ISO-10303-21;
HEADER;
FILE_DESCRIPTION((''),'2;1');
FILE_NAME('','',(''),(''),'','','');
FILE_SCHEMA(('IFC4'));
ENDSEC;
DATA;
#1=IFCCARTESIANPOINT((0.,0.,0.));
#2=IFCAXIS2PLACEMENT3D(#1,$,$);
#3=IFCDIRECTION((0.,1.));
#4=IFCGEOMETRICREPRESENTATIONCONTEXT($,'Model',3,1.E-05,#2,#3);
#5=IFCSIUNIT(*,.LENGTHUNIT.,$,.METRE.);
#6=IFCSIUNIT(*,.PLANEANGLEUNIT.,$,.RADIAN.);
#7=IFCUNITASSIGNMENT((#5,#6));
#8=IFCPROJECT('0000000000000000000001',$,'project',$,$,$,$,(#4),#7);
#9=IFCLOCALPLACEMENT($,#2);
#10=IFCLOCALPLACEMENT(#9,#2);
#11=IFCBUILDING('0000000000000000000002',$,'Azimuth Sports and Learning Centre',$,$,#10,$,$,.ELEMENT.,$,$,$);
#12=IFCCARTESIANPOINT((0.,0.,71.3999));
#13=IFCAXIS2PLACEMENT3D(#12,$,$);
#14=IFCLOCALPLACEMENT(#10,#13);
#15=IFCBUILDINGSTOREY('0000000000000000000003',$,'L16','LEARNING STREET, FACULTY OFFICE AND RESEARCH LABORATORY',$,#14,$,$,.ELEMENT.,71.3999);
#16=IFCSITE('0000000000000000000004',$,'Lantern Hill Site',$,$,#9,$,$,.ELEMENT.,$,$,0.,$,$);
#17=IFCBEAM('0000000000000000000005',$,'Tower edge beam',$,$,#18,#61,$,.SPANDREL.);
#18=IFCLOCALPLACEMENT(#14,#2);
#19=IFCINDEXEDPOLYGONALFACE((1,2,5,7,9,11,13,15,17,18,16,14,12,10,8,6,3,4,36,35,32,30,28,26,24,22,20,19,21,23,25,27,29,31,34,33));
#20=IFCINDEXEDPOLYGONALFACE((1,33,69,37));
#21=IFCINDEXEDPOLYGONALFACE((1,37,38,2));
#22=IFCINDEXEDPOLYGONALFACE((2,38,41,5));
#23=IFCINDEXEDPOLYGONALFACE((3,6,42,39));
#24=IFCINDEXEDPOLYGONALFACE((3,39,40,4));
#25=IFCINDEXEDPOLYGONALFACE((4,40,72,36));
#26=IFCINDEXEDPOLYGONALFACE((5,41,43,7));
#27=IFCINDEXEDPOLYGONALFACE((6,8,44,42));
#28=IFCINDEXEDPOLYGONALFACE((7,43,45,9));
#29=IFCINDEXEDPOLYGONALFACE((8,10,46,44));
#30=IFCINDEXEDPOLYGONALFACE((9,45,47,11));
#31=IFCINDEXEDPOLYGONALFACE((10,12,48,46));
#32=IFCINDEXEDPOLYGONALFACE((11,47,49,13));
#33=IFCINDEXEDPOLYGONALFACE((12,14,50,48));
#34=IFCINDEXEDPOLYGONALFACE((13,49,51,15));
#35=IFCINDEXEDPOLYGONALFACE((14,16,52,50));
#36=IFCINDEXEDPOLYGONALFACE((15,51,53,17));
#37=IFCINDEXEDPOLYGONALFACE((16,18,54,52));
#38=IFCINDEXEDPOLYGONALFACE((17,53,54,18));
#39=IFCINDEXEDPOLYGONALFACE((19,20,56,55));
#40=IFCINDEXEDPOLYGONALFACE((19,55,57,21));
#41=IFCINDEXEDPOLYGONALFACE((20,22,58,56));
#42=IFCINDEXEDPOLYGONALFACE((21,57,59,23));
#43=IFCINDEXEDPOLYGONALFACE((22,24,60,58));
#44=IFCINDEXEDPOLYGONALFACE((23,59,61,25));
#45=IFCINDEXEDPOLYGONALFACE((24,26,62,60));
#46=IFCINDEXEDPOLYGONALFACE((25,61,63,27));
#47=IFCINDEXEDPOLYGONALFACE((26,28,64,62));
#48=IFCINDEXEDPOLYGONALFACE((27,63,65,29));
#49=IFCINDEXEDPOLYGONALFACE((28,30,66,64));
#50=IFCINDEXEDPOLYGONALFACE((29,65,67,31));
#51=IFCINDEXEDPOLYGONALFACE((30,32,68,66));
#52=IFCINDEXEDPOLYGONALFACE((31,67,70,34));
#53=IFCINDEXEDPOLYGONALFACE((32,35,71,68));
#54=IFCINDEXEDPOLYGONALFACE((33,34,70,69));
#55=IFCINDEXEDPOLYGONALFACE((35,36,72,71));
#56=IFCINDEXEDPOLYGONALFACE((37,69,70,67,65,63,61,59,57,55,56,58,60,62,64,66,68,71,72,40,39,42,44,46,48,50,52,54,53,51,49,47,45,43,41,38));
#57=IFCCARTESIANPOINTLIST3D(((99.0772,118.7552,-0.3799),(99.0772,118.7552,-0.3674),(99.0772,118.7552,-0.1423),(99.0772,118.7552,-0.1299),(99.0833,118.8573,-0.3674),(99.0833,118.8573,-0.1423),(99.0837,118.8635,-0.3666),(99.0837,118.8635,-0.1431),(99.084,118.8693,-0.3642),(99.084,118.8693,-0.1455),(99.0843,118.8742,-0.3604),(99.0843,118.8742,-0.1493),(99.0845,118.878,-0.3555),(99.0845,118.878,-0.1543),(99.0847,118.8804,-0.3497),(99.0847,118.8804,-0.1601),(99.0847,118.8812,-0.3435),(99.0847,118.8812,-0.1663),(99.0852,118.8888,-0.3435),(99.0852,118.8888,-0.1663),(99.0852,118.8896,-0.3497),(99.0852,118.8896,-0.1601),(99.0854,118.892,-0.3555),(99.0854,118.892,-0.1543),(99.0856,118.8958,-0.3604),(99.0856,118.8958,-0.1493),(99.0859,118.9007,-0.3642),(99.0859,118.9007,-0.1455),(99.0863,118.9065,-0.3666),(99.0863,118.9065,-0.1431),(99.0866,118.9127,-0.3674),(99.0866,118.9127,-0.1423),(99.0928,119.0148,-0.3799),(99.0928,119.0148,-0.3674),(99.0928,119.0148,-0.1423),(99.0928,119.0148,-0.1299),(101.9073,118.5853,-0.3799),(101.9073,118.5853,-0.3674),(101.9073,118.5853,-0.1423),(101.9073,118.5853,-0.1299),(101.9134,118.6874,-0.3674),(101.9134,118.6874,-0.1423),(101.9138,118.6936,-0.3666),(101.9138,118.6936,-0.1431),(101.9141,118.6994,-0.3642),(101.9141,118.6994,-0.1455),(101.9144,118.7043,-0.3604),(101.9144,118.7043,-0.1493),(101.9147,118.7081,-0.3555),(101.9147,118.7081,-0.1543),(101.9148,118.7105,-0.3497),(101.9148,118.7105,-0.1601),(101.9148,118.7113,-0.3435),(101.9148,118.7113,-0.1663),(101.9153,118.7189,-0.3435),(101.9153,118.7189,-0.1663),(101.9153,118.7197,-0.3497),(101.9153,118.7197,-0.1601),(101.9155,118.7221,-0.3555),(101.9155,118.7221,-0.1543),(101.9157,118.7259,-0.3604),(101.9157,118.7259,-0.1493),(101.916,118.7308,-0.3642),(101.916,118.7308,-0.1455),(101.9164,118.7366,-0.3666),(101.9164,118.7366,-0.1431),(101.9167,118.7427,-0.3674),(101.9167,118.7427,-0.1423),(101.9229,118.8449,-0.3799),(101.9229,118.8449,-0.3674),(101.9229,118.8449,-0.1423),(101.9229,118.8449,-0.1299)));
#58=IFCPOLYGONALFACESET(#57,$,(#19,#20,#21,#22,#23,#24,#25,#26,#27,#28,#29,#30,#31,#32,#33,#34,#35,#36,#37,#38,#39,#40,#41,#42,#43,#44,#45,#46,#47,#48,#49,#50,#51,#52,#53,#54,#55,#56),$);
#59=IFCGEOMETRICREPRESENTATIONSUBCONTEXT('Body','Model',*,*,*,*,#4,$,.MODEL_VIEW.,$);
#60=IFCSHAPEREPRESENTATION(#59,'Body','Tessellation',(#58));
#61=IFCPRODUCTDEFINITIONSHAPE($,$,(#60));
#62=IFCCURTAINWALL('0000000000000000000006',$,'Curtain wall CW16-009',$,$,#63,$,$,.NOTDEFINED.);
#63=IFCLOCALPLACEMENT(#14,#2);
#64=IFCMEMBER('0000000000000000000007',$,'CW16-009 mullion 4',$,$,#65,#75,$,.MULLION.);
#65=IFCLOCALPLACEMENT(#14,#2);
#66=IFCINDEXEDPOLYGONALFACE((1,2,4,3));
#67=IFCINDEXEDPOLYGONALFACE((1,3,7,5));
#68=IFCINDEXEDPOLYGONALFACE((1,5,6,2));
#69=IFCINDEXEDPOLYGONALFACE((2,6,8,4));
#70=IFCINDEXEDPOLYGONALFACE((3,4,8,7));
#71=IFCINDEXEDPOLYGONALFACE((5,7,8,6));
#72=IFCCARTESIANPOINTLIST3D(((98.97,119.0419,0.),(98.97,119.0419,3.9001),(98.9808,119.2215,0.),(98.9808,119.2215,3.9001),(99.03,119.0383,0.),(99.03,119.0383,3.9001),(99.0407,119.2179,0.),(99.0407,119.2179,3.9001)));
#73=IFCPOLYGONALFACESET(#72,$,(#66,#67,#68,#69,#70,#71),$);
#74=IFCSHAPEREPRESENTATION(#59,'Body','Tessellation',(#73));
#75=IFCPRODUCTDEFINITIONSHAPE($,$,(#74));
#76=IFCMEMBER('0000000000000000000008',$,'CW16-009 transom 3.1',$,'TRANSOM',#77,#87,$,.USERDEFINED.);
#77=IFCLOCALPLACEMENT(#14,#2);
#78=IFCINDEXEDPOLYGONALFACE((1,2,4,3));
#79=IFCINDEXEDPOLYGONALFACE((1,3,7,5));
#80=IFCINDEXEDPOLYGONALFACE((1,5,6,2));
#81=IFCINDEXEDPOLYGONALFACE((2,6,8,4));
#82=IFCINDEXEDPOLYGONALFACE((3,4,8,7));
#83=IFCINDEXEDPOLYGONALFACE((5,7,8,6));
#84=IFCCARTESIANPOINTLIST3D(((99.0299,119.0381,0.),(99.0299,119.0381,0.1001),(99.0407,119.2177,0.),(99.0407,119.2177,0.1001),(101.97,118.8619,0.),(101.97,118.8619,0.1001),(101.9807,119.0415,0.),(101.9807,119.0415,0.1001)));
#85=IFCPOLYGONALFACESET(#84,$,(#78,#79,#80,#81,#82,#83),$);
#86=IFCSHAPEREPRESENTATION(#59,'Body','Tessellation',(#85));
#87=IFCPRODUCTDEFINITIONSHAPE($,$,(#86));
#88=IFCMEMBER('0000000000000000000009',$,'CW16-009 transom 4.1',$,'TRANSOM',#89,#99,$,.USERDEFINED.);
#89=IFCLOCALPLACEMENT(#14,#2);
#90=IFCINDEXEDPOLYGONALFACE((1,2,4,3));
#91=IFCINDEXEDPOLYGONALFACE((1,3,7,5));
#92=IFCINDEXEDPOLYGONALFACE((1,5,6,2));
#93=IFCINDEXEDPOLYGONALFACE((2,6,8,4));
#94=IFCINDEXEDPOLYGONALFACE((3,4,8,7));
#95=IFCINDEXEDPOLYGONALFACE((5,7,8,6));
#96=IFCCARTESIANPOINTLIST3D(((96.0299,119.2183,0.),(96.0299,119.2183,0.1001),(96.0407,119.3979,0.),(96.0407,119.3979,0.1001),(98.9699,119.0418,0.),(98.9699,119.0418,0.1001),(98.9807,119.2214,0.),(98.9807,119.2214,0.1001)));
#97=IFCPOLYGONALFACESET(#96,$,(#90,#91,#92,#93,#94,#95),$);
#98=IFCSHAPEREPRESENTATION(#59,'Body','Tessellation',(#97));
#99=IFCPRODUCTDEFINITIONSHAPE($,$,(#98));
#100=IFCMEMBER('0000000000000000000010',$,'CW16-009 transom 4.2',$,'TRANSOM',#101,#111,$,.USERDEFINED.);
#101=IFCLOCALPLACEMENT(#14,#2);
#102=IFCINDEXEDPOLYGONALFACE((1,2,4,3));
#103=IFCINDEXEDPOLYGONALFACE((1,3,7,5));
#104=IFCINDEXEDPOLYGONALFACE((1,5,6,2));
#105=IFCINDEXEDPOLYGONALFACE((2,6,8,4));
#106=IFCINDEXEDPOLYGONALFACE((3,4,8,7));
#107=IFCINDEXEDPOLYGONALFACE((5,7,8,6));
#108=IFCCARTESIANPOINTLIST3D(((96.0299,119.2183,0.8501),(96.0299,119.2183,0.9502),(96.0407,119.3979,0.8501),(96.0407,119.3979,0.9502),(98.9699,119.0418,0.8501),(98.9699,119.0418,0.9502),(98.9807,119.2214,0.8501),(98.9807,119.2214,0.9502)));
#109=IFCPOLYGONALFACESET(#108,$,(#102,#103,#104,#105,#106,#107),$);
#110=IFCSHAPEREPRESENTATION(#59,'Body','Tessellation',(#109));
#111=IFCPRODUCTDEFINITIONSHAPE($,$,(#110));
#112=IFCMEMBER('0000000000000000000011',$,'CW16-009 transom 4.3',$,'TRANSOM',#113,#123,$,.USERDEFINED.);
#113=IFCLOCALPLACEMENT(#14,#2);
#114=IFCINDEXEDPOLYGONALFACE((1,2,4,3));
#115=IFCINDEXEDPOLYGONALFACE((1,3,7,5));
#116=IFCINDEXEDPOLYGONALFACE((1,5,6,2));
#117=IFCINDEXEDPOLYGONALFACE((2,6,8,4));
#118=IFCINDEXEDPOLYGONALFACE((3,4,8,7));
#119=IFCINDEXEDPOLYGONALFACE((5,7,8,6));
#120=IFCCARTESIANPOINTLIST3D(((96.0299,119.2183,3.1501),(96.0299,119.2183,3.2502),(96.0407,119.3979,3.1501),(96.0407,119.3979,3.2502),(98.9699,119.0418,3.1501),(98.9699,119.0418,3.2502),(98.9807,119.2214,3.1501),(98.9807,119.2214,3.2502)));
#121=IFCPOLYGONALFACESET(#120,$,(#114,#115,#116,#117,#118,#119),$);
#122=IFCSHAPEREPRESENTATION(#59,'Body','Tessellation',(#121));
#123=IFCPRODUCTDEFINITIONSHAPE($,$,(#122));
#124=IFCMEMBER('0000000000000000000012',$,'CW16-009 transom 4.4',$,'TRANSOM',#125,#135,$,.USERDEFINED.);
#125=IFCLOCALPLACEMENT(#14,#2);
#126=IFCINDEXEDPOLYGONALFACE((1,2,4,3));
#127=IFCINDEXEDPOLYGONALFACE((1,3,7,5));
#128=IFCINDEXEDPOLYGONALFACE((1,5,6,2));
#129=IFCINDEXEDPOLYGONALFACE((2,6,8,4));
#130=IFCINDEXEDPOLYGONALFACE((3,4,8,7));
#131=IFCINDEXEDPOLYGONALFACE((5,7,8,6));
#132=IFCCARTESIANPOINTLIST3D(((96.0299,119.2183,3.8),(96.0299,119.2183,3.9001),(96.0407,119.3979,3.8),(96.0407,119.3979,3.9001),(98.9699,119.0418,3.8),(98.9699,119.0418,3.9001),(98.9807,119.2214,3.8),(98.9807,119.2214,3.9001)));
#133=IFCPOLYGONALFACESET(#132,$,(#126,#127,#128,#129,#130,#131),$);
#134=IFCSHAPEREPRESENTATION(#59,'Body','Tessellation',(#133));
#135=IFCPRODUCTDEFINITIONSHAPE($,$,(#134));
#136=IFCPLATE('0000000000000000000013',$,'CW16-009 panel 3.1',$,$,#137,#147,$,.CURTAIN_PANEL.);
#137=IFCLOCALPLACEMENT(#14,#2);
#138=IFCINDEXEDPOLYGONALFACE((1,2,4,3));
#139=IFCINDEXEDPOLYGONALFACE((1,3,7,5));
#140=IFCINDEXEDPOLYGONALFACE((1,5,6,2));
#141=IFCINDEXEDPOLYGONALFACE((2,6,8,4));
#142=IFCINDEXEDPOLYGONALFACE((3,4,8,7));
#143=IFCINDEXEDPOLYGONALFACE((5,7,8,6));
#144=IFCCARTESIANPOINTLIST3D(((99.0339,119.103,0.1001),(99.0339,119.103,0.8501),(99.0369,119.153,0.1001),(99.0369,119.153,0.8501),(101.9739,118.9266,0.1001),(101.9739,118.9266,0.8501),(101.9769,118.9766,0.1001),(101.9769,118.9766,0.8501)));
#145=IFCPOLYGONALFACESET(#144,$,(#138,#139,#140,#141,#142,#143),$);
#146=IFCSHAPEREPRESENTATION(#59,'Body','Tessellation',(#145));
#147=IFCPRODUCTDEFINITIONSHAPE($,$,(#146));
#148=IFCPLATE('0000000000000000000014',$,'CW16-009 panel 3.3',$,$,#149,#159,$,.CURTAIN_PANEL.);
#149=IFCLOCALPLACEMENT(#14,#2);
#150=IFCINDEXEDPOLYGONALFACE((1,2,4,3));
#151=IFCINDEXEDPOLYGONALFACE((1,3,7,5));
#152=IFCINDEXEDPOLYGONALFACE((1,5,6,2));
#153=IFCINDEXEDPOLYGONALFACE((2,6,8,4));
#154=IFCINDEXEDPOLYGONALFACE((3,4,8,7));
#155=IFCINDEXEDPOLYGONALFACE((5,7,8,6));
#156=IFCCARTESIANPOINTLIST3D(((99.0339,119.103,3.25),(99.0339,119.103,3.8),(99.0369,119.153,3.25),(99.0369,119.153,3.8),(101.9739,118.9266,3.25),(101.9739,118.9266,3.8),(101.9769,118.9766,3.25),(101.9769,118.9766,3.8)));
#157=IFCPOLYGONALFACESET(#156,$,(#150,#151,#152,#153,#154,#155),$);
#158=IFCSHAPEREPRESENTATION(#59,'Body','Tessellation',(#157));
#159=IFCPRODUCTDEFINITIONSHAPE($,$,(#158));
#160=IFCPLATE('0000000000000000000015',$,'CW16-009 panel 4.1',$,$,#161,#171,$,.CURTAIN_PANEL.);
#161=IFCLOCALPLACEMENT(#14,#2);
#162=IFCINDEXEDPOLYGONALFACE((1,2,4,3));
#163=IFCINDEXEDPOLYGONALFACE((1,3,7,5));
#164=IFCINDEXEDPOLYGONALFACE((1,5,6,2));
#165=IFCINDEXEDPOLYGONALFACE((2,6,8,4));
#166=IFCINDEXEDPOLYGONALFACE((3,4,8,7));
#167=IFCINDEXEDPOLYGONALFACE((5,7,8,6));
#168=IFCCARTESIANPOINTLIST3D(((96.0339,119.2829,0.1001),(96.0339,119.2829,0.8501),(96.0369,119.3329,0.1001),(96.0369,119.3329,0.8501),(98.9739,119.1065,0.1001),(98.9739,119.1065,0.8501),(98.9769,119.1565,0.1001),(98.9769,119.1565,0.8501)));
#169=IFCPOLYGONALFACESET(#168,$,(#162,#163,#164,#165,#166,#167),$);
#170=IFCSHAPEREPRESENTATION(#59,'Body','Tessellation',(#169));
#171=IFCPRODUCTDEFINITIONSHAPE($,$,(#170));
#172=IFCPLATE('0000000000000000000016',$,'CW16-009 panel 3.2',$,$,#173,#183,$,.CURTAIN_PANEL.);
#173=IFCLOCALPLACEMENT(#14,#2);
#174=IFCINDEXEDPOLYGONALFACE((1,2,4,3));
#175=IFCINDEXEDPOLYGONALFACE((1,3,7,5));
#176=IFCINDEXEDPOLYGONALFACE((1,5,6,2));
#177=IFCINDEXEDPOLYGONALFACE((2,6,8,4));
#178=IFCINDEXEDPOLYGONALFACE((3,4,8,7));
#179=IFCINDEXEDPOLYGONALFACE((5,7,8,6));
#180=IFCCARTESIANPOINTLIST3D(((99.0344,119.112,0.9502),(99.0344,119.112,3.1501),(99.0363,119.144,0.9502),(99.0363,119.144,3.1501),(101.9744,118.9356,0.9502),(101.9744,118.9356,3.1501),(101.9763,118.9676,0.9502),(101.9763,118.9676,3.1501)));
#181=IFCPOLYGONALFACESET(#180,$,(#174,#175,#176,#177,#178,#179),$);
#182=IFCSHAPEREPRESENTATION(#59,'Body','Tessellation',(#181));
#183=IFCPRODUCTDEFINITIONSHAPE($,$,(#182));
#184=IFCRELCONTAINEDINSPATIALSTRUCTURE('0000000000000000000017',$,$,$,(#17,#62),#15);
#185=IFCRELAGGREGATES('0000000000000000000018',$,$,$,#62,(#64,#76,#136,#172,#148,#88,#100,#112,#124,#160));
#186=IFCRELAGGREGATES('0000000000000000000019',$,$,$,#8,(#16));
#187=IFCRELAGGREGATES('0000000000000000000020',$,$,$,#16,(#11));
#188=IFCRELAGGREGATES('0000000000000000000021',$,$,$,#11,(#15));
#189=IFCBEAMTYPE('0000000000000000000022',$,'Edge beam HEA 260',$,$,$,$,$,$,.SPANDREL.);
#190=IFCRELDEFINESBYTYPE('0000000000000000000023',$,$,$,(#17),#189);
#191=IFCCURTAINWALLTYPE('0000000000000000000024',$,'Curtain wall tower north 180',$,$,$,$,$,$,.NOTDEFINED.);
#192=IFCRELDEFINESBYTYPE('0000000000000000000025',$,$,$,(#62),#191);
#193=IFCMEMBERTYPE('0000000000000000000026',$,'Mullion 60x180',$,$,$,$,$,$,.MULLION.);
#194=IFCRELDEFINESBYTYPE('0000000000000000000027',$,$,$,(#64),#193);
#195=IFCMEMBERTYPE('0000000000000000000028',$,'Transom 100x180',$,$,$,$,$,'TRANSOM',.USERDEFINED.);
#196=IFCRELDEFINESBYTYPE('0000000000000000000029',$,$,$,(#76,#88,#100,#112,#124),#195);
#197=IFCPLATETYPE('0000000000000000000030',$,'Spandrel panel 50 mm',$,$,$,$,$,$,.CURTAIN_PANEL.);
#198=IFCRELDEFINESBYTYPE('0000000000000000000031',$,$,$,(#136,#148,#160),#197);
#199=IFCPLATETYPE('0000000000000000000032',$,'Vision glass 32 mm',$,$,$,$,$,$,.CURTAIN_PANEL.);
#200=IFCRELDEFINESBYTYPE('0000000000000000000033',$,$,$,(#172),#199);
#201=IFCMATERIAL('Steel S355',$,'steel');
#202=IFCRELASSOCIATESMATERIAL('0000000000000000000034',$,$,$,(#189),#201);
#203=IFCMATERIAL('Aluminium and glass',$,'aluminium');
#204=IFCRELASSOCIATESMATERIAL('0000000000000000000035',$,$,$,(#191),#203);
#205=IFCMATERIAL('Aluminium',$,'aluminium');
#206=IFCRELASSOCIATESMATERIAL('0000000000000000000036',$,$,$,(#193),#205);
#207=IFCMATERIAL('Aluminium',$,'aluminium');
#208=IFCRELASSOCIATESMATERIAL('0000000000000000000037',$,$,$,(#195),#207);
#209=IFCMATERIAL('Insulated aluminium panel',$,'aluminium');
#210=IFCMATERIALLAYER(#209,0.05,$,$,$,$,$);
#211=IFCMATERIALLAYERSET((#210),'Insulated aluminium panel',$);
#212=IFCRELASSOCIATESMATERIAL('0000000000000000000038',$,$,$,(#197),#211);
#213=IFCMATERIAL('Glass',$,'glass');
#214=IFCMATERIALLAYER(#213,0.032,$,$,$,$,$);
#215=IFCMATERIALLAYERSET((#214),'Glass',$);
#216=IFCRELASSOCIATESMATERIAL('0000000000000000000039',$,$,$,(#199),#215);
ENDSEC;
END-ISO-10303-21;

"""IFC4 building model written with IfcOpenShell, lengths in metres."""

from ifc_helpers import new_model, si_unit, direction, frame, origin, origin_2d, place, context, subcontext, project, spatial, rectangle, i_section, extrude, material, layer, layer_set, material_profile, profile_set, type_object, element, aggregate, save


model = new_model("IFC4")

# Units and contexts
model_context = context("Model", 3, precision=1e-05, world=origin(), true_north=direction((0.0, 1.0)))
body_context = subcontext(model_context, "Body", "Model", "MODEL_VIEW")
ifc_project = project(units=[si_unit("LENGTHUNIT", "METRE"), si_unit("PLANEANGLEUNIT", "RADIAN")], contexts=[model_context])

# Site, building, storey
site_placement = place(None, origin())
site = spatial("IfcSite", under=ifc_project, at=site_placement, Name="Lantern Hill Site", CompositionType="ELEMENT", RefElevation=0.0)
building_placement = place(site_placement, origin())
building = spatial("IfcBuilding", under=site, at=building_placement, Name="Azimuth Sports and Learning Centre", CompositionType="ELEMENT")
storey_placement = place(building_placement, frame((0.0, 0.0, 71.3999)))
storey = spatial("IfcBuildingStorey", under=building, at=storey_placement, Name="L16", Description="LEARNING STREET, FACULTY OFFICE AND RESEARCH LABORATORY", CompositionType="ELEMENT", Elevation=71.3999)

# Beam
ifc_material_1 = material(Name="Steel S355", Category="steel")
ifc_material_profile_1 = material_profile(ifc_material_1, i_section(OverallWidth=0.26, OverallDepth=0.25, WebThickness=0.0076, FlangeThickness=0.0125, FilletRadius=0.0239, at=origin_2d()), Name="HEA 260")
ifc_profile_set_1 = profile_set([ifc_material_profile_1], Name="Steel S355")
beam_type_1 = type_object("IfcBeamType", Name="Edge beam HEA 260", PredefinedType="SPANDREL", material=ifc_profile_set_1)
for number, where, z_axis, x_axis, name in (
    (1, (99.085, 118.885, -0.2549), (0.998202, -0.059933, 0.0), (0.059933, 0.998202, 0.0), "Tower edge beam"),
):
    element("IfcBeam", number, at=place(storey_placement, frame(where, z_axis=z_axis, x_axis=x_axis)), inside=storey, type_object=beam_type_1, Name=name, PredefinedType="SPANDREL", context=body_context, shape_type="SweptSolid", body=[
        extrude(i_section(OverallWidth=0.26, OverallDepth=0.25, WebThickness=0.0076, FlangeThickness=0.0125, FilletRadius=0.0239, at=origin_2d()), origin(), (0.0, 0.0, 1.0), 2.8352),
    ])

# Curtain wall, members, plates
ifc_material_2 = material(Name="Aluminium and glass", Category="aluminium")
curtain_wall_type = type_object("IfcCurtainWallType", Name="Curtain wall tower north 180", PredefinedType="NOTDEFINED", material=ifc_material_2)
curtain_wall_placement = place(storey_placement, origin())
curtain_wall = element("IfcCurtainWall", 2, at=curtain_wall_placement, inside=storey, type_object=curtain_wall_type, Name="Curtain wall CW16-009", PredefinedType="NOTDEFINED")
ifc_material_3 = material(Name="Aluminium", Category="aluminium")
ifc_material_profile_2 = material_profile(ifc_material_3, rectangle(XDim=0.1799, YDim=0.0601, at=origin_2d()), Name="Mullion 60x180")
ifc_profile_set_2 = profile_set([ifc_material_profile_2], Name="Aluminium")
member_type_1 = type_object("IfcMemberType", Name="Mullion 60x180", PredefinedType="MULLION", material=ifc_profile_set_2)
member_1_placement = place(storey_placement, frame((99.0054, 119.1299, 0.0), z_axis=(0.0, 0.0, 1.0), x_axis=(-0.059892, -0.998205, 0.0)))
member_1 = element("IfcMember", 3, at=member_1_placement, type_object=member_type_1, Name="CW16-009 mullion 4", PredefinedType="MULLION", context=body_context, shape_type="SweptSolid", body=[
    extrude(rectangle(XDim=0.1799, YDim=0.0601, at=origin_2d()), origin(), (0.0, 0.0, 1.0), 3.9001),
])
ifc_material_4 = material(Name="Aluminium", Category="aluminium")
ifc_material_profile_3 = material_profile(ifc_material_4, rectangle(XDim=0.1799, YDim=0.1001, at=origin_2d()), Name="Transom 100x180")
ifc_profile_set_3 = profile_set([ifc_material_profile_3], Name="Aluminium")
member_type_2 = type_object("IfcMemberType", Name="Transom 100x180", ElementType="TRANSOM", PredefinedType="USERDEFINED", material=ifc_profile_set_3)
member_2_placement = place(storey_placement, frame((101.9753, 118.9517, 0.05), z_axis=(-0.998207, 0.059849, 0.0), x_axis=(-0.059849, -0.998207, 0.0)))
member_2 = element("IfcMember", 4, at=member_2_placement, type_object=member_type_2, Name="CW16-009 transom 3.1", ObjectType="TRANSOM", PredefinedType="USERDEFINED", context=body_context, shape_type="SweptSolid", body=[
    extrude(rectangle(XDim=0.1799, YDim=0.1001, at=origin_2d()), origin(), (0.0, 0.0, 1.0), 2.9453),
])
member_3_placement = place(storey_placement, frame((98.9753, 119.1316, 0.05), z_axis=(-0.998202, 0.059932, 0.0), x_axis=(-0.059932, -0.998202, 0.0)))
member_3 = element("IfcMember", 5, at=member_3_placement, type_object=member_type_2, Name="CW16-009 transom 4.1", ObjectType="TRANSOM", PredefinedType="USERDEFINED", context=body_context, shape_type="SweptSolid", body=[
    extrude(rectangle(XDim=0.1799, YDim=0.1001, at=origin_2d()), origin(), (0.0, 0.0, 1.0), 2.9453),
])
member_4_placement = place(storey_placement, frame((98.9753, 119.1316, 0.9001), z_axis=(-0.998202, 0.059932, 0.0), x_axis=(-0.059932, -0.998202, 0.0)))
member_4 = element("IfcMember", 6, at=member_4_placement, type_object=member_type_2, Name="CW16-009 transom 4.2", ObjectType="TRANSOM", PredefinedType="USERDEFINED", context=body_context, shape_type="SweptSolid", body=[
    extrude(rectangle(XDim=0.1799, YDim=0.1001, at=origin_2d()), origin(), (0.0, 0.0, 1.0), 2.9453),
])
member_5_placement = place(storey_placement, frame((98.9753, 119.1316, 3.2002), z_axis=(-0.998202, 0.059932, 0.0), x_axis=(-0.059932, -0.998202, 0.0)))
member_5 = element("IfcMember", 7, at=member_5_placement, type_object=member_type_2, Name="CW16-009 transom 4.3", ObjectType="TRANSOM", PredefinedType="USERDEFINED", context=body_context, shape_type="SweptSolid", body=[
    extrude(rectangle(XDim=0.1799, YDim=0.1001, at=origin_2d()), origin(), (0.0, 0.0, 1.0), 2.9453),
])
member_6_placement = place(storey_placement, frame((98.9753, 119.1316, 3.8501), z_axis=(-0.998202, 0.059932, 0.0), x_axis=(-0.059932, -0.998202, 0.0)))
member_6 = element("IfcMember", 8, at=member_6_placement, type_object=member_type_2, Name="CW16-009 transom 4.4", ObjectType="TRANSOM", PredefinedType="USERDEFINED", context=body_context, shape_type="SweptSolid", body=[
    extrude(rectangle(XDim=0.1799, YDim=0.1001, at=origin_2d()), origin(), (0.0, 0.0, 1.0), 2.9453),
])
ifc_material_5 = material(Name="Insulated aluminium panel", Category="aluminium")
ifc_layer_1 = layer(ifc_material_5, 0.05)
ifc_layer_set_1 = layer_set([ifc_layer_1], Name="Insulated aluminium panel")
plate_type_1 = type_object("IfcPlateType", Name="Spandrel panel 50 mm", PredefinedType="CURTAIN_PANEL", material=ifc_layer_set_1)
plate_1_placement = place(storey_placement, frame((100.5054, 119.0398, 0.1001), z_axis=(0.0, 0.0, 1.0), x_axis=(-0.998205, 0.059892, 0.0)))
plate_1 = element("IfcPlate", 9, at=plate_1_placement, type_object=plate_type_1, Name="CW16-009 panel 3.1", PredefinedType="CURTAIN_PANEL", context=body_context, shape_type="SweptSolid", body=[
    extrude(rectangle(XDim=2.9453, YDim=0.05, at=origin_2d()), origin(), (0.0, 0.0, 1.0), 0.75),
])
plate_2_placement = place(storey_placement, frame((100.5054, 119.0398, 3.25), z_axis=(0.0, 0.0, 1.0), x_axis=(-0.998205, 0.059892, 0.0)))
plate_2 = element("IfcPlate", 10, at=plate_2_placement, type_object=plate_type_1, Name="CW16-009 panel 3.3", PredefinedType="CURTAIN_PANEL", context=body_context, shape_type="SweptSolid", body=[
    extrude(rectangle(XDim=2.9453, YDim=0.05, at=origin_2d()), origin(), (0.0, 0.0, 1.0), 0.55),
])
plate_3_placement = place(storey_placement, frame((97.5054, 119.2197, 0.1001), z_axis=(0.0, 0.0, 1.0), x_axis=(-0.998205, 0.059892, 0.0)))
plate_3 = element("IfcPlate", 11, at=plate_3_placement, type_object=plate_type_1, Name="CW16-009 panel 4.1", PredefinedType="CURTAIN_PANEL", context=body_context, shape_type="SweptSolid", body=[
    extrude(rectangle(XDim=2.9453, YDim=0.05, at=origin_2d()), origin(), (0.0, 0.0, 1.0), 0.75),
])
ifc_material_6 = material(Name="Glass", Category="glass")
ifc_layer_2 = layer(ifc_material_6, 0.032)
ifc_layer_set_2 = layer_set([ifc_layer_2], Name="Glass")
plate_type_2 = type_object("IfcPlateType", Name="Vision glass 32 mm", PredefinedType="CURTAIN_PANEL", material=ifc_layer_set_2)
plate_4_placement = place(storey_placement, frame((100.5054, 119.0398, 0.9502), z_axis=(0.0, 0.0, 1.0), x_axis=(-0.998205, 0.059892, 0.0)))
plate_4 = element("IfcPlate", 12, at=plate_4_placement, type_object=plate_type_2, Name="CW16-009 panel 3.2", PredefinedType="CURTAIN_PANEL", context=body_context, shape_type="SweptSolid", body=[
    extrude(rectangle(XDim=2.9453, YDim=0.032, at=origin_2d()), origin(), (0.0, 0.0, 1.0), 2.2),
])
aggregate(curtain_wall, [member_1, member_2, plate_1, plate_4, plate_2, member_3, member_4, member_5, member_6, plate_3])

save(model, "model.ifc")
